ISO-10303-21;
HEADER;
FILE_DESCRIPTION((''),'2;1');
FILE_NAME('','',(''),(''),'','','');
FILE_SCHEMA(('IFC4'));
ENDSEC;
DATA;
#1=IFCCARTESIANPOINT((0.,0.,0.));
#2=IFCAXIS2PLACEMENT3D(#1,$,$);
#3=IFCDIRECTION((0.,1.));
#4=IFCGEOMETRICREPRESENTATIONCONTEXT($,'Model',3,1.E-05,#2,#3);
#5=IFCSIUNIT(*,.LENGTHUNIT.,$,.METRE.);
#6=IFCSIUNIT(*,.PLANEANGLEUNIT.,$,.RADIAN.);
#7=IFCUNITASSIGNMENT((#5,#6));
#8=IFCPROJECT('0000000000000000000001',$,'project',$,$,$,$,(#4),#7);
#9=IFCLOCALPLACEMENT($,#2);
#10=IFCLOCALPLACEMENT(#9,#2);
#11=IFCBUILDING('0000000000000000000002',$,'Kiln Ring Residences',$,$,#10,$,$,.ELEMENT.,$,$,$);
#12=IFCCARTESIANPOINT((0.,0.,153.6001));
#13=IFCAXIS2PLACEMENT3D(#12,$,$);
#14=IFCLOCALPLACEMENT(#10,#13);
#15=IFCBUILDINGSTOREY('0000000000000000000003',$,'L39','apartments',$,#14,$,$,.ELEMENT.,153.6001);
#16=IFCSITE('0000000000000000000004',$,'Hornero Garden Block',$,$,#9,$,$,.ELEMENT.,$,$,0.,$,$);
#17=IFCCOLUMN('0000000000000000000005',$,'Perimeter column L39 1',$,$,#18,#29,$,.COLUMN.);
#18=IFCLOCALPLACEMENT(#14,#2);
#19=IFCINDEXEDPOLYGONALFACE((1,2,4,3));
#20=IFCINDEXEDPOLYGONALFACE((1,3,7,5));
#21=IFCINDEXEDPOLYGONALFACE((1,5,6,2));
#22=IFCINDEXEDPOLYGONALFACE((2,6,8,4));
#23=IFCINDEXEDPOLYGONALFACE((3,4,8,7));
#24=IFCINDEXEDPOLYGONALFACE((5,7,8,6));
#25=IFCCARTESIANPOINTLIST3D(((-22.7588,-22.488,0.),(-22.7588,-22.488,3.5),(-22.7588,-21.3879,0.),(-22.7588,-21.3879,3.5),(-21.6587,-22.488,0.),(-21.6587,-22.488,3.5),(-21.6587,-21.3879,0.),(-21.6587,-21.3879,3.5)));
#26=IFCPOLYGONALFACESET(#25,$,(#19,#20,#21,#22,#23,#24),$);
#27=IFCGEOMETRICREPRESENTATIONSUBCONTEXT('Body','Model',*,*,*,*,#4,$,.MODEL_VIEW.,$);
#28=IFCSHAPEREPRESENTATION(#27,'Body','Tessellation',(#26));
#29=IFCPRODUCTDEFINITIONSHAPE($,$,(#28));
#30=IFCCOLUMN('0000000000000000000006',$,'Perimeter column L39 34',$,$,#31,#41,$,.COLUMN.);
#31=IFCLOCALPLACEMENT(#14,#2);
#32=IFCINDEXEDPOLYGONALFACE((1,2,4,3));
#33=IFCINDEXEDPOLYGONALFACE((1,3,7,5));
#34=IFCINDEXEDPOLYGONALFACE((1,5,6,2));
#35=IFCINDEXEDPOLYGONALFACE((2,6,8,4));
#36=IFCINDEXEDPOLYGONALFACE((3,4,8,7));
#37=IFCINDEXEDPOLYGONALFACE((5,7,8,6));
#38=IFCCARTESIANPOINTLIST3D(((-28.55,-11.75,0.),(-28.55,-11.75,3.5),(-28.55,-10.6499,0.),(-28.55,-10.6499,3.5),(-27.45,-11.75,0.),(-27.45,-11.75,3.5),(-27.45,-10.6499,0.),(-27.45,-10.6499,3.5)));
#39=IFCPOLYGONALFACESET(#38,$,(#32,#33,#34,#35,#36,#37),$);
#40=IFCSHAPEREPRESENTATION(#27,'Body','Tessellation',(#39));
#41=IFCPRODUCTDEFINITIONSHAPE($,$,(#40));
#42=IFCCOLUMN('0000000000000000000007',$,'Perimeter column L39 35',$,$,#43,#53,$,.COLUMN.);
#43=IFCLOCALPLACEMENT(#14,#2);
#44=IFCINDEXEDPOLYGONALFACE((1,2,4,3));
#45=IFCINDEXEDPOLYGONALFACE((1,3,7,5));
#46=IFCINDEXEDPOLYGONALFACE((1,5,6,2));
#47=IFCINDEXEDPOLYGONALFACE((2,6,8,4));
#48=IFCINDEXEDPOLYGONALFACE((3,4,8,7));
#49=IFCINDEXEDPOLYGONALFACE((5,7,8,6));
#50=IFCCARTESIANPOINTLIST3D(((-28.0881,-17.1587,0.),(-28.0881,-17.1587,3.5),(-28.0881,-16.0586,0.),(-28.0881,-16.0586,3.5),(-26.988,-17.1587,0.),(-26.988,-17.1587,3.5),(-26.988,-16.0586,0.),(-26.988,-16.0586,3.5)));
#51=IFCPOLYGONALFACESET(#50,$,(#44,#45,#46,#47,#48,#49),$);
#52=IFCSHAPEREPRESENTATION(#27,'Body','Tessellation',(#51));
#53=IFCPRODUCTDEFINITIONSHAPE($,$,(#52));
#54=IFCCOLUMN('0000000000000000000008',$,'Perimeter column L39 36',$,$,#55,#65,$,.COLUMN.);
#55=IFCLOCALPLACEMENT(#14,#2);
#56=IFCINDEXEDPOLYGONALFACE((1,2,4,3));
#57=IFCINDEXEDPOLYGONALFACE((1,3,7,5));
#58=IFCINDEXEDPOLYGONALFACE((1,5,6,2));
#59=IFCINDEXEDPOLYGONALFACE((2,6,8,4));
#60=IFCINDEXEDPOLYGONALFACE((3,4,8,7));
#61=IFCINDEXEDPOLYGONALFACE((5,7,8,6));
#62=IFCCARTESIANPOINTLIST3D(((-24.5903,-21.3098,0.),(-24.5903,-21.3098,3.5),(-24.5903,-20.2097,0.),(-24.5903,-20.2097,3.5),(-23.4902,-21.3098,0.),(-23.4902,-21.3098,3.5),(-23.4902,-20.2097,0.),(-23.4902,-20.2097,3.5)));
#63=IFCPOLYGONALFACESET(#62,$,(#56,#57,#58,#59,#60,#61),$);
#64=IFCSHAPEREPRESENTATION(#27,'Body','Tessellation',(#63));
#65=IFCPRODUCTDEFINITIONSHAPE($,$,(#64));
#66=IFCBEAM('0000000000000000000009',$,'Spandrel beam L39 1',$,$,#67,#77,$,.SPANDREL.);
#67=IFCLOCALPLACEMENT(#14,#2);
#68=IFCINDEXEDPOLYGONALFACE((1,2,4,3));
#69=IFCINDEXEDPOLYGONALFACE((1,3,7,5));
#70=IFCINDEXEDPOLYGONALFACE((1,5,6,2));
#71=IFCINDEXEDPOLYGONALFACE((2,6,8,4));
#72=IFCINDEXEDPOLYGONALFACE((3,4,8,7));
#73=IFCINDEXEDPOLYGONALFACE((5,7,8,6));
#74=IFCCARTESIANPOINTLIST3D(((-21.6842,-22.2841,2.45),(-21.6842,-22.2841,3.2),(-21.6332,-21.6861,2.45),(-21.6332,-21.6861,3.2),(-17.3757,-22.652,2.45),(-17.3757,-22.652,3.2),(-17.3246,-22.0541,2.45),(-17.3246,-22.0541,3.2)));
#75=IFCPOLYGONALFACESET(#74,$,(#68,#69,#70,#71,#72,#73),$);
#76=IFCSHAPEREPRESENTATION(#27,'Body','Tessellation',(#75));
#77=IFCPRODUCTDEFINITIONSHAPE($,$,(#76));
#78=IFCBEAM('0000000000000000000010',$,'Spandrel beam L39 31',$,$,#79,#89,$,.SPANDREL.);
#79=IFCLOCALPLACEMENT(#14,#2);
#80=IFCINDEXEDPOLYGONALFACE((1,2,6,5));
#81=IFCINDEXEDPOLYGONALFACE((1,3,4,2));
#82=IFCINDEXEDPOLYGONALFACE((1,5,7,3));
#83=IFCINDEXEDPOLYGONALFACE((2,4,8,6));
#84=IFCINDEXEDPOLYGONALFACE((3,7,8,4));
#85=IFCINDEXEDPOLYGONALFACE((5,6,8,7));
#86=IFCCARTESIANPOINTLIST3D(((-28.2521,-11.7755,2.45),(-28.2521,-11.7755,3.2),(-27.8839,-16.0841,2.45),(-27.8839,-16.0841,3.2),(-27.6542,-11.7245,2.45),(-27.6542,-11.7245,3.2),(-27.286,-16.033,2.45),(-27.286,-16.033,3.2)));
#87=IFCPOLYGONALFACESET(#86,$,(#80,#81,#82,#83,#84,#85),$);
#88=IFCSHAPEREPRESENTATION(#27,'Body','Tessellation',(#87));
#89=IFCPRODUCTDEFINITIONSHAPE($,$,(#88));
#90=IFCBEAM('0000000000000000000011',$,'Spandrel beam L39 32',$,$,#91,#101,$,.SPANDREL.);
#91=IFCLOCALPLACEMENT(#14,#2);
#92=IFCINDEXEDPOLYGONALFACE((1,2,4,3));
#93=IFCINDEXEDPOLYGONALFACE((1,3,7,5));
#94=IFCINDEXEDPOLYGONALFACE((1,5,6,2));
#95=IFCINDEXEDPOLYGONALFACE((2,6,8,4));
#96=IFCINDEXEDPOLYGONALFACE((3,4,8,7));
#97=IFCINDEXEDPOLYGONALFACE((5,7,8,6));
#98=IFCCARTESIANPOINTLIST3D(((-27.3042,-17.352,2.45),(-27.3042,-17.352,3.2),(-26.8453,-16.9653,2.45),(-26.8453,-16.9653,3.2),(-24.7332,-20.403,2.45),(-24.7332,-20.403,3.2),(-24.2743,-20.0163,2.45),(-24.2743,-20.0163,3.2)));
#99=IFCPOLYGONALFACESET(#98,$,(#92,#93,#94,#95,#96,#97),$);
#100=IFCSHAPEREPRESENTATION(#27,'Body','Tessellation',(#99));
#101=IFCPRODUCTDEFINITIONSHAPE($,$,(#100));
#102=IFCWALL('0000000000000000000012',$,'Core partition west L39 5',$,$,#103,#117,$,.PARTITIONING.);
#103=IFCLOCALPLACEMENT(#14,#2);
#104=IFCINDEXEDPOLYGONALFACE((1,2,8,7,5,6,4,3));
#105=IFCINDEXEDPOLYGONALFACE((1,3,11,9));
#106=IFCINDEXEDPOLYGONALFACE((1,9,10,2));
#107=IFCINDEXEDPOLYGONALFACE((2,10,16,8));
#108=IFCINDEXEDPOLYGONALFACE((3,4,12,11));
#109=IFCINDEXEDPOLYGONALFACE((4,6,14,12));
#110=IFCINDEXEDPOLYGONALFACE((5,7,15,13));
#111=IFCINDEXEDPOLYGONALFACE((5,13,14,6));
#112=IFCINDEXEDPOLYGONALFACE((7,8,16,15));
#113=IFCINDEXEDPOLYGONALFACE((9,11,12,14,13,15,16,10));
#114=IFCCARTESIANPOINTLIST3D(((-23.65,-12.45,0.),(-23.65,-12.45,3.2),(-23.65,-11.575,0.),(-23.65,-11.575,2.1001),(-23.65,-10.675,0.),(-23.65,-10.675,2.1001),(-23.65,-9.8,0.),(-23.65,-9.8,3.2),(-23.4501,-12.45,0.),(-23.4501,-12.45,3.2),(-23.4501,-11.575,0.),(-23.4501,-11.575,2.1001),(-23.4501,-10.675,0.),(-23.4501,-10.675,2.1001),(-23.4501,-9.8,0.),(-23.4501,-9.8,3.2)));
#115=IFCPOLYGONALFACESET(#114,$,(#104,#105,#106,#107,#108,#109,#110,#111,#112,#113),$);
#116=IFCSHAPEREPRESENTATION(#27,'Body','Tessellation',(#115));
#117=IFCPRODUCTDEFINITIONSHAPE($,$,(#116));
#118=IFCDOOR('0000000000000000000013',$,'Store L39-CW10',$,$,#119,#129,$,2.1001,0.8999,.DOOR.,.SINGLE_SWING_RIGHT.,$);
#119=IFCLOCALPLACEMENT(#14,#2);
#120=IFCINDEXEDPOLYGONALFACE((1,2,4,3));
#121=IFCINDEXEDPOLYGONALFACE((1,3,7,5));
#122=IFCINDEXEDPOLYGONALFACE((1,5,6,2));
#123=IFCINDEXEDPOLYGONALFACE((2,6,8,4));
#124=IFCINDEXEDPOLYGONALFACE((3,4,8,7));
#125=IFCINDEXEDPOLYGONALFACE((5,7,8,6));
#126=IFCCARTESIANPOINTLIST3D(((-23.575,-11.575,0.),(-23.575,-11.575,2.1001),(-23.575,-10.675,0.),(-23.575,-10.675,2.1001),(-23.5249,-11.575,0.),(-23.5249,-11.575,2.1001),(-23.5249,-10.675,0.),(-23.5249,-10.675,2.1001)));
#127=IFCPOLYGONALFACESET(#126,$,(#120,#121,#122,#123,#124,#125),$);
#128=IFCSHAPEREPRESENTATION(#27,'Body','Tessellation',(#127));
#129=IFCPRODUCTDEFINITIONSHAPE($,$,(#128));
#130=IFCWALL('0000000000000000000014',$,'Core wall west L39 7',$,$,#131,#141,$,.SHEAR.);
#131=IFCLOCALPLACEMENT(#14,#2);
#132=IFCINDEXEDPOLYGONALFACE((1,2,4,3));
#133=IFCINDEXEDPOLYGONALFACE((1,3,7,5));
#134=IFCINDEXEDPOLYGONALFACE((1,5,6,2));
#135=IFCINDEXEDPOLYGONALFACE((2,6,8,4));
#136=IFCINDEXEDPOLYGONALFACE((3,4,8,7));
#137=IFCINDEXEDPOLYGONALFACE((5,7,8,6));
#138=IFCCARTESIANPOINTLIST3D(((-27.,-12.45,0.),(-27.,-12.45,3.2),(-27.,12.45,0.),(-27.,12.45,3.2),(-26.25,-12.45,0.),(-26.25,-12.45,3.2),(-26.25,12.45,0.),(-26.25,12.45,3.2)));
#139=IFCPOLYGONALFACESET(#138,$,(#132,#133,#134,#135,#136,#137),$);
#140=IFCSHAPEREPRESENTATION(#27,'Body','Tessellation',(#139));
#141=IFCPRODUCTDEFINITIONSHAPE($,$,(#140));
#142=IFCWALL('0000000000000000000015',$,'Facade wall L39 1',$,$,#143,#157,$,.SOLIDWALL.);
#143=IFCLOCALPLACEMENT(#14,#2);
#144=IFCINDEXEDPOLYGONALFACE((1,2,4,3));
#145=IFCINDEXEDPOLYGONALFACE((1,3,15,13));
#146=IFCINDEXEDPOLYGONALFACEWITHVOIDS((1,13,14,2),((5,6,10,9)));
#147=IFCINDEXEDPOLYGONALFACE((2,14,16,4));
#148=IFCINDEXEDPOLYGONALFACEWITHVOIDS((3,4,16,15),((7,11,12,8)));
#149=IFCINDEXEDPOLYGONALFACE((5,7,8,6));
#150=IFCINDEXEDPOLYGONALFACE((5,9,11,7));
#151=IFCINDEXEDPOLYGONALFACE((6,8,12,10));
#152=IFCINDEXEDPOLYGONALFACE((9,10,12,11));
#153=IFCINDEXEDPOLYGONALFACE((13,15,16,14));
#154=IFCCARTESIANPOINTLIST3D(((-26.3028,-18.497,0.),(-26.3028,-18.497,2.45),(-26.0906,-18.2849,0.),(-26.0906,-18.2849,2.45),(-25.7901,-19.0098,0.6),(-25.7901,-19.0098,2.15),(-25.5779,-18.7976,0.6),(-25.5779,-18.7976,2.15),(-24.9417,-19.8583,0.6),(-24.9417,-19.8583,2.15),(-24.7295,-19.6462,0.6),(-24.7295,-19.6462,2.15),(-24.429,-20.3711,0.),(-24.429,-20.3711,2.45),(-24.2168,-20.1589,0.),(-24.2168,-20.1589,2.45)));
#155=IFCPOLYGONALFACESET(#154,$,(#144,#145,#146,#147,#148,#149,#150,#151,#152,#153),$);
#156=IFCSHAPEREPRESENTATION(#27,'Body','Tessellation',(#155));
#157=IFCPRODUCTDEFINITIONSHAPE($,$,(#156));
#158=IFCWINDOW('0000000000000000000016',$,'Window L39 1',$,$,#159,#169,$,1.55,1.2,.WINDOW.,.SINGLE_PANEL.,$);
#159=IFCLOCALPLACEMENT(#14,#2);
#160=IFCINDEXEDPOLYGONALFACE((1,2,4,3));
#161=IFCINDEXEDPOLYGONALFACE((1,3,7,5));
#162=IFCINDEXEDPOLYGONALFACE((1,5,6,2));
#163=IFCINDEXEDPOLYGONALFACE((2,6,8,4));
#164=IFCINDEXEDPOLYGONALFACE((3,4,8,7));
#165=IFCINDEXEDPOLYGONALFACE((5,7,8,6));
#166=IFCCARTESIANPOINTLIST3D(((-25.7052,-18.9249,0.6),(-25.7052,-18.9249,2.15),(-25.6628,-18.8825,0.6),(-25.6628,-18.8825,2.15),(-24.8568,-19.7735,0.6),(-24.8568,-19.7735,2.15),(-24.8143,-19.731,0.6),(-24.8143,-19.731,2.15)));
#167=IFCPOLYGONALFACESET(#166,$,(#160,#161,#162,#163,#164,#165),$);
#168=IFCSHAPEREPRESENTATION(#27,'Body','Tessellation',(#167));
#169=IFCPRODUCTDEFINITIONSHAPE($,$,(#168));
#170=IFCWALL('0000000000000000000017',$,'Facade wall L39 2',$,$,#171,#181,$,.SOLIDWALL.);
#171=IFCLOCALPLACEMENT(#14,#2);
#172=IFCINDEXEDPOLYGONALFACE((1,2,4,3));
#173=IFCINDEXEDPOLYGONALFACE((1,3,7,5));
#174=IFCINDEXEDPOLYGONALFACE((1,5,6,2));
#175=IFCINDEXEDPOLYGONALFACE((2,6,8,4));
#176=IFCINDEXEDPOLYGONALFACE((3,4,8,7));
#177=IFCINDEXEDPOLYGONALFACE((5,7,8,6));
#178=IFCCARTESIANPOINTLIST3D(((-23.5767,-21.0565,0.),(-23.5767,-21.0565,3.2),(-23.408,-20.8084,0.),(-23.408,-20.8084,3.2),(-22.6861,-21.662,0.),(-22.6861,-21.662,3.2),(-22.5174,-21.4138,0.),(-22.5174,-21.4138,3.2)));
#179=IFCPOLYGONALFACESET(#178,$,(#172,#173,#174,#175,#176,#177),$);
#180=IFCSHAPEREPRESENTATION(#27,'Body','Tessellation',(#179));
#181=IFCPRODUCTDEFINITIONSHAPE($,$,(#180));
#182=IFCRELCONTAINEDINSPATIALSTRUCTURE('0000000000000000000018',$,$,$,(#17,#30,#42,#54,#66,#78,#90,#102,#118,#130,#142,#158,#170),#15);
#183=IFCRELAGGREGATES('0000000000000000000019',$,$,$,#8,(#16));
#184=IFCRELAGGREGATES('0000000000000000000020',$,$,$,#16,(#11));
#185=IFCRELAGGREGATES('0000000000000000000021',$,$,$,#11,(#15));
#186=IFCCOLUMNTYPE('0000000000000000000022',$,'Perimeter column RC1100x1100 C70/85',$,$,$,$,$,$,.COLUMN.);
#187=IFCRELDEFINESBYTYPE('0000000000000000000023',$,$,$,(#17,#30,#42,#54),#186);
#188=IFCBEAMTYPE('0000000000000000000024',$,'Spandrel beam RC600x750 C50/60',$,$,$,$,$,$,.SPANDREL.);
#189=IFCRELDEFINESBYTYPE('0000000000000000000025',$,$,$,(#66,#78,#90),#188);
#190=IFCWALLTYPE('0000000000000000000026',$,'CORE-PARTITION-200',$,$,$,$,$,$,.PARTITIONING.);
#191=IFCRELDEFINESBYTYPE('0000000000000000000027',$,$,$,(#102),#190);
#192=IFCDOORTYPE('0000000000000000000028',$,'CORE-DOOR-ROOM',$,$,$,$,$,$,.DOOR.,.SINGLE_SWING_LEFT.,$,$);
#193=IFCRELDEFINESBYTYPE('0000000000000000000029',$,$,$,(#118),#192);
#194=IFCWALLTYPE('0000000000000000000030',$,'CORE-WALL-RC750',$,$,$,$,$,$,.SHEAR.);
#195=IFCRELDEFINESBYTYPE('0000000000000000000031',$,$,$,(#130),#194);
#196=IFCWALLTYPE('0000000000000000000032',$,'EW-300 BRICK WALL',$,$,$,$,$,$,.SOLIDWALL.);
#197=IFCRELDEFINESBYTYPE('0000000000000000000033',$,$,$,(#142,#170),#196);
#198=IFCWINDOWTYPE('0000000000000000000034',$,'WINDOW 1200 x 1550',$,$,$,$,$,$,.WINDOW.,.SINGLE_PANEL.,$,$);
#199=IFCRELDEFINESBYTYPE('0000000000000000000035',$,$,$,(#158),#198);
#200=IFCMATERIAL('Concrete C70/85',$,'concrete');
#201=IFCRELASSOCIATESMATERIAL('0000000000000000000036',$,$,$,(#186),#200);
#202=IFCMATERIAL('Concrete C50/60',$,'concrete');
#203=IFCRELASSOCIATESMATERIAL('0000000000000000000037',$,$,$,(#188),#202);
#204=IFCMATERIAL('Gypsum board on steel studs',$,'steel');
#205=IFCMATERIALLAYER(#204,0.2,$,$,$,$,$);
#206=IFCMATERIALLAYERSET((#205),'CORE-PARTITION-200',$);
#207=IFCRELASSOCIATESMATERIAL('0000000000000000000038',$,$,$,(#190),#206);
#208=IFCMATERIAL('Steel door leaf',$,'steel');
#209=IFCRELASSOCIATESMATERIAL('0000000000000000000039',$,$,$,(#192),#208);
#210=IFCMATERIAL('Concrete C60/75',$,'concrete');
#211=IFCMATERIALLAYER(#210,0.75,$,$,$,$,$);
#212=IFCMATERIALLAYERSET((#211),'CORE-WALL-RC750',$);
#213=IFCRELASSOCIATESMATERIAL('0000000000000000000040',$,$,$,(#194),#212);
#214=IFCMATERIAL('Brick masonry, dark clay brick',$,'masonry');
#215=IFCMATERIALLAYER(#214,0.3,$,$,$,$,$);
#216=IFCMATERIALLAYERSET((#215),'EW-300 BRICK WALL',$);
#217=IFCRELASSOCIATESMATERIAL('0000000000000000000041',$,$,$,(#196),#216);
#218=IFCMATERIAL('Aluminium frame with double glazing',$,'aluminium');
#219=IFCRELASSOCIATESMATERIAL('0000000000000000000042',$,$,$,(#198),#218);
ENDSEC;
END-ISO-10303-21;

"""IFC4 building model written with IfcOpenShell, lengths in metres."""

from ifc_helpers import new_model, si_unit, direction, frame, frame_2d, origin, origin_2d, place, context, subcontext, project, spatial, rectangle, extrude, material, layer, layer_set, material_profile, profile_set, type_object, element, fill, save


model = new_model("IFC4")

# Units and contexts
model_context = context("Model", 3, precision=1e-05, world=origin(), true_north=direction((0.0, 1.0)))
body_context = subcontext(model_context, "Body", "Model", "MODEL_VIEW")
ifc_project = project(units=[si_unit("LENGTHUNIT", "METRE"), si_unit("PLANEANGLEUNIT", "RADIAN")], contexts=[model_context])

# Site, building, storey
site_placement = place(None, origin())
site = spatial("IfcSite", under=ifc_project, at=site_placement, Name="Hornero Garden Block", CompositionType="ELEMENT", RefElevation=0.0)
building_placement = place(site_placement, origin())
building = spatial("IfcBuilding", under=site, at=building_placement, Name="Kiln Ring Residences", CompositionType="ELEMENT")
storey_placement = place(building_placement, frame((0.0, 0.0, 153.6001)))
storey = spatial("IfcBuildingStorey", under=building, at=storey_placement, Name="L39", Description="apartments", CompositionType="ELEMENT", Elevation=153.6001)

# Columns
ifc_material_1 = material(Name="Concrete C70/85", Category="concrete")
ifc_material_profile_1 = material_profile(ifc_material_1, rectangle(XDim=1.1001, YDim=1.1001, at=origin_2d()), Name="RC1100x1100")
ifc_profile_set_1 = profile_set([ifc_material_profile_1], Name="Concrete C70/85")
column_type = type_object("IfcColumnType", Name="Perimeter column RC1100x1100 C70/85", PredefinedType="COLUMN", material=ifc_profile_set_1)
for number, where, z_axis, x_axis, name in (
    (1, (-22.2087, -21.938, 0.0), (0.0, 0.0, 1.0), (1.0, 0.0, 0.0), "Perimeter column L39 1"),
    (2, (-28.0, -11.2, 0.0), (0.0, 0.0, 1.0), (1.0, 0.0, 0.0), "Perimeter column L39 34"),
    (3, (-27.5381, -16.6086, 0.0), (0.0, 0.0, 1.0), (1.0, 0.0, 0.0), "Perimeter column L39 35"),
    (4, (-24.0403, -20.7598, 0.0), (0.0, 0.0, 1.0), (1.0, 0.0, 0.0), "Perimeter column L39 36"),
):
    element("IfcColumn", number, at=place(storey_placement, frame(where, z_axis=z_axis, x_axis=x_axis)), inside=storey, type_object=column_type, Name=name, PredefinedType="COLUMN", context=body_context, shape_type="SweptSolid", body=[
        extrude(rectangle(XDim=1.1001, YDim=1.1001, at=origin_2d()), origin(), (0.0, 0.0, 1.0), 3.5),
    ])

# Beams
ifc_material_2 = material(Name="Concrete C50/60", Category="concrete")
ifc_material_profile_2 = material_profile(ifc_material_2, rectangle(XDim=0.6001, YDim=0.75, at=origin_2d()), Name="RC600x750")
ifc_profile_set_2 = profile_set([ifc_material_profile_2], Name="Concrete C50/60")
beam_type = type_object("IfcBeamType", Name="Spandrel beam RC600x750 C50/60", PredefinedType="SPANDREL", material=ifc_profile_set_2)
for number, where, z_axis, x_axis, name in (
    (5, (-21.6587, -21.9851, 2.825), (0.996374, -0.085082, 0.0), (0.085082, 0.996374, 0.0), "Spandrel beam L39 1"),
    (6, (-27.9531, -11.75, 2.825), (0.085139, -0.996369, 0.0), (0.996369, 0.085139, 0.0), "Spandrel beam L39 31"),
):
    element("IfcBeam", number, at=place(storey_placement, frame(where, z_axis=z_axis, x_axis=x_axis)), inside=storey, type_object=beam_type, Name=name, PredefinedType="SPANDREL", context=body_context, shape_type="SweptSolid", body=[
        extrude(rectangle(XDim=0.6001, YDim=0.75, at=origin_2d()), origin(), (0.0, 0.0, 1.0), 4.3242),
    ])
beam_placement = place(storey_placement, frame((-27.0747, -17.1587, 2.825), z_axis=(0.644394, -0.764694, 0.0), x_axis=(0.764694, 0.644394, 0.0)))
element("IfcBeam", 7, at=beam_placement, inside=storey, type_object=beam_type, Name="Spandrel beam L39 32", PredefinedType="SPANDREL", context=body_context, shape_type="SweptSolid", body=[
    extrude(rectangle(XDim=0.6001, YDim=0.75, at=origin_2d()), origin(), (0.0, 0.0, 1.0), 3.9897),
])

# Wall, opening, door
ifc_material_3 = material(Name="Gypsum board on steel studs", Category="steel")
ifc_layer_1 = layer(ifc_material_3, 0.2)
ifc_layer_set_1 = layer_set([ifc_layer_1], Name="CORE-PARTITION-200")
wall_type_1 = type_object("IfcWallType", Name="CORE-PARTITION-200", PredefinedType="PARTITIONING", material=ifc_layer_set_1)
wall_1_placement = place(storey_placement, frame((-23.55, -12.45, 0.0), z_axis=(0.0, 0.0, 1.0), x_axis=(0.0, 1.0, 0.0)))
wall_1 = element("IfcWall", 8, at=wall_1_placement, inside=storey, type_object=wall_type_1, Name="Core partition west L39 5", PredefinedType="PARTITIONING", context=body_context, shape_type="SweptSolid", body=[
    extrude(rectangle(XDim=2.6499, YDim=0.2, at=frame_2d((1.325, 0.0))), origin(), (0.0, 0.0, 1.0), 3.2),
])
opening_1_placement = place(wall_1_placement, frame((0.875, 0.0, 0.0)))
opening_1 = element("IfcOpeningElement", 9, at=opening_1_placement, cuts=wall_1, PredefinedType="OPENING", context=body_context, shape_type="SweptSolid", body=[
    extrude(rectangle(XDim=0.8999, YDim=2.1001, at=frame_2d((0.45, 1.05))), frame((0.0, 0.1099, 0.0), z_axis=(0.0, -1.0, 0.0), x_axis=(1.0, 0.0, 0.0)), (0.0, 0.0, 1.0), 0.22),
])
ifc_material_4 = material(Name="Steel door leaf", Category="steel")
door_type_1 = type_object("IfcDoorType", Name="CORE-DOOR-ROOM", OperationType="SINGLE_SWING_LEFT", PredefinedType="DOOR", material=ifc_material_4)
door_1_placement = place(opening_1_placement, origin())
door_1 = element("IfcDoor", 10, at=door_1_placement, inside=storey, type_object=door_type_1, Name="Store L39-CW10", OperationType="SINGLE_SWING_RIGHT", OverallHeight=2.1001, OverallWidth=0.8999, PredefinedType="DOOR", context=body_context, shape_type="SweptSolid", body=[
    extrude(rectangle(XDim=0.8999, YDim=2.1001, at=frame_2d((0.45, 1.05))), frame((0.0, 0.0249, 0.0), z_axis=(0.0, -1.0, 0.0), x_axis=(1.0, 0.0, 0.0)), (0.0, 0.0, 1.0), 0.05),
])
fill(opening_1, door_1)

# Wall
ifc_material_5 = material(Name="Concrete C60/75", Category="concrete")
ifc_layer_2 = layer(ifc_material_5, 0.75)
ifc_layer_set_2 = layer_set([ifc_layer_2], Name="CORE-WALL-RC750")
wall_type_2 = type_object("IfcWallType", Name="CORE-WALL-RC750", PredefinedType="SHEAR", material=ifc_layer_set_2)
wall_2_placement = place(storey_placement, frame((-26.625, -12.45, 0.0), z_axis=(0.0, 0.0, 1.0), x_axis=(0.0, 1.0, 0.0)))
element("IfcWall", 11, at=wall_2_placement, inside=storey, type_object=wall_type_2, Name="Core wall west L39 7", PredefinedType="SHEAR", context=body_context, shape_type="SweptSolid", body=[
    extrude(rectangle(XDim=24.8999, YDim=0.75, at=frame_2d((12.45, 0.0))), origin(), (0.0, 0.0, 1.0), 3.2),
])

# Wall, opening, window
ifc_material_6 = material(Name="Brick masonry, dark clay brick", Category="masonry")
ifc_layer_3 = layer(ifc_material_6, 0.3)
ifc_layer_set_3 = layer_set([ifc_layer_3], Name="EW-300 BRICK WALL")
wall_type_3 = type_object("IfcWallType", Name="EW-300 BRICK WALL", PredefinedType="SOLIDWALL", material=ifc_layer_set_3)
wall_3_placement = place(storey_placement, frame((-26.1968, -18.3909, 0.0), z_axis=(0.0, 0.0, 1.0), x_axis=(0.707061, -0.707153, 0.0)))
wall_3 = element("IfcWall", 12, at=wall_3_placement, inside=storey, type_object=wall_type_3, Name="Facade wall L39 1", PredefinedType="SOLIDWALL", context=body_context, shape_type="SweptSolid", body=[
    extrude(rectangle(XDim=2.6501, YDim=0.3, at=frame_2d((1.3252, 0.0))), origin(), (0.0, 0.0, 1.0), 2.45),
])
opening_2_placement = place(wall_3_placement, frame((0.7251, 0.0, 0.6001)))
opening_2 = element("IfcOpeningElement", 13, at=opening_2_placement, cuts=wall_3, PredefinedType="OPENING", context=body_context, shape_type="SweptSolid", body=[
    extrude(rectangle(XDim=1.2, YDim=1.55, at=frame_2d((0.6001, 0.7749))), frame((0.0, 0.1599, 0.0), z_axis=(0.0, -1.0, 0.0), x_axis=(1.0, 0.0, 0.0)), (0.0, 0.0, 1.0), 0.3201),
])
ifc_material_7 = material(Name="Aluminium frame with double glazing", Category="aluminium")
window_type_1 = type_object("IfcWindowType", Name="WINDOW 1200 x 1550", PartitioningType="SINGLE_PANEL", PredefinedType="WINDOW", material=ifc_material_7)
window_1_placement = place(opening_2_placement, origin())
window_1 = element("IfcWindow", 14, at=window_1_placement, inside=storey, type_object=window_type_1, Name="Window L39 1", OverallHeight=1.55, OverallWidth=1.2, PartitioningType="SINGLE_PANEL", PredefinedType="WINDOW", context=body_context, shape_type="SweptSolid", body=[
    extrude(rectangle(XDim=1.2, YDim=1.55, at=frame_2d((0.6001, 0.7749))), frame((0.0, 0.03, 0.0), z_axis=(0.0, -1.0, 0.0), x_axis=(1.0, 0.0, 0.0)), (0.0, 0.0, 1.0), 0.0601),
])
fill(opening_2, window_1)

# Wall
wall_4_placement = place(storey_placement, frame((-23.4924, -20.9324, 0.0), z_axis=(0.0, 0.0, 1.0), x_axis=(0.826994, -0.562211, 0.0)))
element("IfcWall", 15, at=wall_4_placement, inside=storey, type_object=wall_type_3, Name="Facade wall L39 2", PredefinedType="SOLIDWALL", context=body_context, shape_type="SweptSolid", body=[
    extrude(rectangle(XDim=1.0769, YDim=0.3, at=frame_2d((0.5386, 0.0))), origin(), (0.0, 0.0, 1.0), 3.2),
])

save(model, "model.ifc")
